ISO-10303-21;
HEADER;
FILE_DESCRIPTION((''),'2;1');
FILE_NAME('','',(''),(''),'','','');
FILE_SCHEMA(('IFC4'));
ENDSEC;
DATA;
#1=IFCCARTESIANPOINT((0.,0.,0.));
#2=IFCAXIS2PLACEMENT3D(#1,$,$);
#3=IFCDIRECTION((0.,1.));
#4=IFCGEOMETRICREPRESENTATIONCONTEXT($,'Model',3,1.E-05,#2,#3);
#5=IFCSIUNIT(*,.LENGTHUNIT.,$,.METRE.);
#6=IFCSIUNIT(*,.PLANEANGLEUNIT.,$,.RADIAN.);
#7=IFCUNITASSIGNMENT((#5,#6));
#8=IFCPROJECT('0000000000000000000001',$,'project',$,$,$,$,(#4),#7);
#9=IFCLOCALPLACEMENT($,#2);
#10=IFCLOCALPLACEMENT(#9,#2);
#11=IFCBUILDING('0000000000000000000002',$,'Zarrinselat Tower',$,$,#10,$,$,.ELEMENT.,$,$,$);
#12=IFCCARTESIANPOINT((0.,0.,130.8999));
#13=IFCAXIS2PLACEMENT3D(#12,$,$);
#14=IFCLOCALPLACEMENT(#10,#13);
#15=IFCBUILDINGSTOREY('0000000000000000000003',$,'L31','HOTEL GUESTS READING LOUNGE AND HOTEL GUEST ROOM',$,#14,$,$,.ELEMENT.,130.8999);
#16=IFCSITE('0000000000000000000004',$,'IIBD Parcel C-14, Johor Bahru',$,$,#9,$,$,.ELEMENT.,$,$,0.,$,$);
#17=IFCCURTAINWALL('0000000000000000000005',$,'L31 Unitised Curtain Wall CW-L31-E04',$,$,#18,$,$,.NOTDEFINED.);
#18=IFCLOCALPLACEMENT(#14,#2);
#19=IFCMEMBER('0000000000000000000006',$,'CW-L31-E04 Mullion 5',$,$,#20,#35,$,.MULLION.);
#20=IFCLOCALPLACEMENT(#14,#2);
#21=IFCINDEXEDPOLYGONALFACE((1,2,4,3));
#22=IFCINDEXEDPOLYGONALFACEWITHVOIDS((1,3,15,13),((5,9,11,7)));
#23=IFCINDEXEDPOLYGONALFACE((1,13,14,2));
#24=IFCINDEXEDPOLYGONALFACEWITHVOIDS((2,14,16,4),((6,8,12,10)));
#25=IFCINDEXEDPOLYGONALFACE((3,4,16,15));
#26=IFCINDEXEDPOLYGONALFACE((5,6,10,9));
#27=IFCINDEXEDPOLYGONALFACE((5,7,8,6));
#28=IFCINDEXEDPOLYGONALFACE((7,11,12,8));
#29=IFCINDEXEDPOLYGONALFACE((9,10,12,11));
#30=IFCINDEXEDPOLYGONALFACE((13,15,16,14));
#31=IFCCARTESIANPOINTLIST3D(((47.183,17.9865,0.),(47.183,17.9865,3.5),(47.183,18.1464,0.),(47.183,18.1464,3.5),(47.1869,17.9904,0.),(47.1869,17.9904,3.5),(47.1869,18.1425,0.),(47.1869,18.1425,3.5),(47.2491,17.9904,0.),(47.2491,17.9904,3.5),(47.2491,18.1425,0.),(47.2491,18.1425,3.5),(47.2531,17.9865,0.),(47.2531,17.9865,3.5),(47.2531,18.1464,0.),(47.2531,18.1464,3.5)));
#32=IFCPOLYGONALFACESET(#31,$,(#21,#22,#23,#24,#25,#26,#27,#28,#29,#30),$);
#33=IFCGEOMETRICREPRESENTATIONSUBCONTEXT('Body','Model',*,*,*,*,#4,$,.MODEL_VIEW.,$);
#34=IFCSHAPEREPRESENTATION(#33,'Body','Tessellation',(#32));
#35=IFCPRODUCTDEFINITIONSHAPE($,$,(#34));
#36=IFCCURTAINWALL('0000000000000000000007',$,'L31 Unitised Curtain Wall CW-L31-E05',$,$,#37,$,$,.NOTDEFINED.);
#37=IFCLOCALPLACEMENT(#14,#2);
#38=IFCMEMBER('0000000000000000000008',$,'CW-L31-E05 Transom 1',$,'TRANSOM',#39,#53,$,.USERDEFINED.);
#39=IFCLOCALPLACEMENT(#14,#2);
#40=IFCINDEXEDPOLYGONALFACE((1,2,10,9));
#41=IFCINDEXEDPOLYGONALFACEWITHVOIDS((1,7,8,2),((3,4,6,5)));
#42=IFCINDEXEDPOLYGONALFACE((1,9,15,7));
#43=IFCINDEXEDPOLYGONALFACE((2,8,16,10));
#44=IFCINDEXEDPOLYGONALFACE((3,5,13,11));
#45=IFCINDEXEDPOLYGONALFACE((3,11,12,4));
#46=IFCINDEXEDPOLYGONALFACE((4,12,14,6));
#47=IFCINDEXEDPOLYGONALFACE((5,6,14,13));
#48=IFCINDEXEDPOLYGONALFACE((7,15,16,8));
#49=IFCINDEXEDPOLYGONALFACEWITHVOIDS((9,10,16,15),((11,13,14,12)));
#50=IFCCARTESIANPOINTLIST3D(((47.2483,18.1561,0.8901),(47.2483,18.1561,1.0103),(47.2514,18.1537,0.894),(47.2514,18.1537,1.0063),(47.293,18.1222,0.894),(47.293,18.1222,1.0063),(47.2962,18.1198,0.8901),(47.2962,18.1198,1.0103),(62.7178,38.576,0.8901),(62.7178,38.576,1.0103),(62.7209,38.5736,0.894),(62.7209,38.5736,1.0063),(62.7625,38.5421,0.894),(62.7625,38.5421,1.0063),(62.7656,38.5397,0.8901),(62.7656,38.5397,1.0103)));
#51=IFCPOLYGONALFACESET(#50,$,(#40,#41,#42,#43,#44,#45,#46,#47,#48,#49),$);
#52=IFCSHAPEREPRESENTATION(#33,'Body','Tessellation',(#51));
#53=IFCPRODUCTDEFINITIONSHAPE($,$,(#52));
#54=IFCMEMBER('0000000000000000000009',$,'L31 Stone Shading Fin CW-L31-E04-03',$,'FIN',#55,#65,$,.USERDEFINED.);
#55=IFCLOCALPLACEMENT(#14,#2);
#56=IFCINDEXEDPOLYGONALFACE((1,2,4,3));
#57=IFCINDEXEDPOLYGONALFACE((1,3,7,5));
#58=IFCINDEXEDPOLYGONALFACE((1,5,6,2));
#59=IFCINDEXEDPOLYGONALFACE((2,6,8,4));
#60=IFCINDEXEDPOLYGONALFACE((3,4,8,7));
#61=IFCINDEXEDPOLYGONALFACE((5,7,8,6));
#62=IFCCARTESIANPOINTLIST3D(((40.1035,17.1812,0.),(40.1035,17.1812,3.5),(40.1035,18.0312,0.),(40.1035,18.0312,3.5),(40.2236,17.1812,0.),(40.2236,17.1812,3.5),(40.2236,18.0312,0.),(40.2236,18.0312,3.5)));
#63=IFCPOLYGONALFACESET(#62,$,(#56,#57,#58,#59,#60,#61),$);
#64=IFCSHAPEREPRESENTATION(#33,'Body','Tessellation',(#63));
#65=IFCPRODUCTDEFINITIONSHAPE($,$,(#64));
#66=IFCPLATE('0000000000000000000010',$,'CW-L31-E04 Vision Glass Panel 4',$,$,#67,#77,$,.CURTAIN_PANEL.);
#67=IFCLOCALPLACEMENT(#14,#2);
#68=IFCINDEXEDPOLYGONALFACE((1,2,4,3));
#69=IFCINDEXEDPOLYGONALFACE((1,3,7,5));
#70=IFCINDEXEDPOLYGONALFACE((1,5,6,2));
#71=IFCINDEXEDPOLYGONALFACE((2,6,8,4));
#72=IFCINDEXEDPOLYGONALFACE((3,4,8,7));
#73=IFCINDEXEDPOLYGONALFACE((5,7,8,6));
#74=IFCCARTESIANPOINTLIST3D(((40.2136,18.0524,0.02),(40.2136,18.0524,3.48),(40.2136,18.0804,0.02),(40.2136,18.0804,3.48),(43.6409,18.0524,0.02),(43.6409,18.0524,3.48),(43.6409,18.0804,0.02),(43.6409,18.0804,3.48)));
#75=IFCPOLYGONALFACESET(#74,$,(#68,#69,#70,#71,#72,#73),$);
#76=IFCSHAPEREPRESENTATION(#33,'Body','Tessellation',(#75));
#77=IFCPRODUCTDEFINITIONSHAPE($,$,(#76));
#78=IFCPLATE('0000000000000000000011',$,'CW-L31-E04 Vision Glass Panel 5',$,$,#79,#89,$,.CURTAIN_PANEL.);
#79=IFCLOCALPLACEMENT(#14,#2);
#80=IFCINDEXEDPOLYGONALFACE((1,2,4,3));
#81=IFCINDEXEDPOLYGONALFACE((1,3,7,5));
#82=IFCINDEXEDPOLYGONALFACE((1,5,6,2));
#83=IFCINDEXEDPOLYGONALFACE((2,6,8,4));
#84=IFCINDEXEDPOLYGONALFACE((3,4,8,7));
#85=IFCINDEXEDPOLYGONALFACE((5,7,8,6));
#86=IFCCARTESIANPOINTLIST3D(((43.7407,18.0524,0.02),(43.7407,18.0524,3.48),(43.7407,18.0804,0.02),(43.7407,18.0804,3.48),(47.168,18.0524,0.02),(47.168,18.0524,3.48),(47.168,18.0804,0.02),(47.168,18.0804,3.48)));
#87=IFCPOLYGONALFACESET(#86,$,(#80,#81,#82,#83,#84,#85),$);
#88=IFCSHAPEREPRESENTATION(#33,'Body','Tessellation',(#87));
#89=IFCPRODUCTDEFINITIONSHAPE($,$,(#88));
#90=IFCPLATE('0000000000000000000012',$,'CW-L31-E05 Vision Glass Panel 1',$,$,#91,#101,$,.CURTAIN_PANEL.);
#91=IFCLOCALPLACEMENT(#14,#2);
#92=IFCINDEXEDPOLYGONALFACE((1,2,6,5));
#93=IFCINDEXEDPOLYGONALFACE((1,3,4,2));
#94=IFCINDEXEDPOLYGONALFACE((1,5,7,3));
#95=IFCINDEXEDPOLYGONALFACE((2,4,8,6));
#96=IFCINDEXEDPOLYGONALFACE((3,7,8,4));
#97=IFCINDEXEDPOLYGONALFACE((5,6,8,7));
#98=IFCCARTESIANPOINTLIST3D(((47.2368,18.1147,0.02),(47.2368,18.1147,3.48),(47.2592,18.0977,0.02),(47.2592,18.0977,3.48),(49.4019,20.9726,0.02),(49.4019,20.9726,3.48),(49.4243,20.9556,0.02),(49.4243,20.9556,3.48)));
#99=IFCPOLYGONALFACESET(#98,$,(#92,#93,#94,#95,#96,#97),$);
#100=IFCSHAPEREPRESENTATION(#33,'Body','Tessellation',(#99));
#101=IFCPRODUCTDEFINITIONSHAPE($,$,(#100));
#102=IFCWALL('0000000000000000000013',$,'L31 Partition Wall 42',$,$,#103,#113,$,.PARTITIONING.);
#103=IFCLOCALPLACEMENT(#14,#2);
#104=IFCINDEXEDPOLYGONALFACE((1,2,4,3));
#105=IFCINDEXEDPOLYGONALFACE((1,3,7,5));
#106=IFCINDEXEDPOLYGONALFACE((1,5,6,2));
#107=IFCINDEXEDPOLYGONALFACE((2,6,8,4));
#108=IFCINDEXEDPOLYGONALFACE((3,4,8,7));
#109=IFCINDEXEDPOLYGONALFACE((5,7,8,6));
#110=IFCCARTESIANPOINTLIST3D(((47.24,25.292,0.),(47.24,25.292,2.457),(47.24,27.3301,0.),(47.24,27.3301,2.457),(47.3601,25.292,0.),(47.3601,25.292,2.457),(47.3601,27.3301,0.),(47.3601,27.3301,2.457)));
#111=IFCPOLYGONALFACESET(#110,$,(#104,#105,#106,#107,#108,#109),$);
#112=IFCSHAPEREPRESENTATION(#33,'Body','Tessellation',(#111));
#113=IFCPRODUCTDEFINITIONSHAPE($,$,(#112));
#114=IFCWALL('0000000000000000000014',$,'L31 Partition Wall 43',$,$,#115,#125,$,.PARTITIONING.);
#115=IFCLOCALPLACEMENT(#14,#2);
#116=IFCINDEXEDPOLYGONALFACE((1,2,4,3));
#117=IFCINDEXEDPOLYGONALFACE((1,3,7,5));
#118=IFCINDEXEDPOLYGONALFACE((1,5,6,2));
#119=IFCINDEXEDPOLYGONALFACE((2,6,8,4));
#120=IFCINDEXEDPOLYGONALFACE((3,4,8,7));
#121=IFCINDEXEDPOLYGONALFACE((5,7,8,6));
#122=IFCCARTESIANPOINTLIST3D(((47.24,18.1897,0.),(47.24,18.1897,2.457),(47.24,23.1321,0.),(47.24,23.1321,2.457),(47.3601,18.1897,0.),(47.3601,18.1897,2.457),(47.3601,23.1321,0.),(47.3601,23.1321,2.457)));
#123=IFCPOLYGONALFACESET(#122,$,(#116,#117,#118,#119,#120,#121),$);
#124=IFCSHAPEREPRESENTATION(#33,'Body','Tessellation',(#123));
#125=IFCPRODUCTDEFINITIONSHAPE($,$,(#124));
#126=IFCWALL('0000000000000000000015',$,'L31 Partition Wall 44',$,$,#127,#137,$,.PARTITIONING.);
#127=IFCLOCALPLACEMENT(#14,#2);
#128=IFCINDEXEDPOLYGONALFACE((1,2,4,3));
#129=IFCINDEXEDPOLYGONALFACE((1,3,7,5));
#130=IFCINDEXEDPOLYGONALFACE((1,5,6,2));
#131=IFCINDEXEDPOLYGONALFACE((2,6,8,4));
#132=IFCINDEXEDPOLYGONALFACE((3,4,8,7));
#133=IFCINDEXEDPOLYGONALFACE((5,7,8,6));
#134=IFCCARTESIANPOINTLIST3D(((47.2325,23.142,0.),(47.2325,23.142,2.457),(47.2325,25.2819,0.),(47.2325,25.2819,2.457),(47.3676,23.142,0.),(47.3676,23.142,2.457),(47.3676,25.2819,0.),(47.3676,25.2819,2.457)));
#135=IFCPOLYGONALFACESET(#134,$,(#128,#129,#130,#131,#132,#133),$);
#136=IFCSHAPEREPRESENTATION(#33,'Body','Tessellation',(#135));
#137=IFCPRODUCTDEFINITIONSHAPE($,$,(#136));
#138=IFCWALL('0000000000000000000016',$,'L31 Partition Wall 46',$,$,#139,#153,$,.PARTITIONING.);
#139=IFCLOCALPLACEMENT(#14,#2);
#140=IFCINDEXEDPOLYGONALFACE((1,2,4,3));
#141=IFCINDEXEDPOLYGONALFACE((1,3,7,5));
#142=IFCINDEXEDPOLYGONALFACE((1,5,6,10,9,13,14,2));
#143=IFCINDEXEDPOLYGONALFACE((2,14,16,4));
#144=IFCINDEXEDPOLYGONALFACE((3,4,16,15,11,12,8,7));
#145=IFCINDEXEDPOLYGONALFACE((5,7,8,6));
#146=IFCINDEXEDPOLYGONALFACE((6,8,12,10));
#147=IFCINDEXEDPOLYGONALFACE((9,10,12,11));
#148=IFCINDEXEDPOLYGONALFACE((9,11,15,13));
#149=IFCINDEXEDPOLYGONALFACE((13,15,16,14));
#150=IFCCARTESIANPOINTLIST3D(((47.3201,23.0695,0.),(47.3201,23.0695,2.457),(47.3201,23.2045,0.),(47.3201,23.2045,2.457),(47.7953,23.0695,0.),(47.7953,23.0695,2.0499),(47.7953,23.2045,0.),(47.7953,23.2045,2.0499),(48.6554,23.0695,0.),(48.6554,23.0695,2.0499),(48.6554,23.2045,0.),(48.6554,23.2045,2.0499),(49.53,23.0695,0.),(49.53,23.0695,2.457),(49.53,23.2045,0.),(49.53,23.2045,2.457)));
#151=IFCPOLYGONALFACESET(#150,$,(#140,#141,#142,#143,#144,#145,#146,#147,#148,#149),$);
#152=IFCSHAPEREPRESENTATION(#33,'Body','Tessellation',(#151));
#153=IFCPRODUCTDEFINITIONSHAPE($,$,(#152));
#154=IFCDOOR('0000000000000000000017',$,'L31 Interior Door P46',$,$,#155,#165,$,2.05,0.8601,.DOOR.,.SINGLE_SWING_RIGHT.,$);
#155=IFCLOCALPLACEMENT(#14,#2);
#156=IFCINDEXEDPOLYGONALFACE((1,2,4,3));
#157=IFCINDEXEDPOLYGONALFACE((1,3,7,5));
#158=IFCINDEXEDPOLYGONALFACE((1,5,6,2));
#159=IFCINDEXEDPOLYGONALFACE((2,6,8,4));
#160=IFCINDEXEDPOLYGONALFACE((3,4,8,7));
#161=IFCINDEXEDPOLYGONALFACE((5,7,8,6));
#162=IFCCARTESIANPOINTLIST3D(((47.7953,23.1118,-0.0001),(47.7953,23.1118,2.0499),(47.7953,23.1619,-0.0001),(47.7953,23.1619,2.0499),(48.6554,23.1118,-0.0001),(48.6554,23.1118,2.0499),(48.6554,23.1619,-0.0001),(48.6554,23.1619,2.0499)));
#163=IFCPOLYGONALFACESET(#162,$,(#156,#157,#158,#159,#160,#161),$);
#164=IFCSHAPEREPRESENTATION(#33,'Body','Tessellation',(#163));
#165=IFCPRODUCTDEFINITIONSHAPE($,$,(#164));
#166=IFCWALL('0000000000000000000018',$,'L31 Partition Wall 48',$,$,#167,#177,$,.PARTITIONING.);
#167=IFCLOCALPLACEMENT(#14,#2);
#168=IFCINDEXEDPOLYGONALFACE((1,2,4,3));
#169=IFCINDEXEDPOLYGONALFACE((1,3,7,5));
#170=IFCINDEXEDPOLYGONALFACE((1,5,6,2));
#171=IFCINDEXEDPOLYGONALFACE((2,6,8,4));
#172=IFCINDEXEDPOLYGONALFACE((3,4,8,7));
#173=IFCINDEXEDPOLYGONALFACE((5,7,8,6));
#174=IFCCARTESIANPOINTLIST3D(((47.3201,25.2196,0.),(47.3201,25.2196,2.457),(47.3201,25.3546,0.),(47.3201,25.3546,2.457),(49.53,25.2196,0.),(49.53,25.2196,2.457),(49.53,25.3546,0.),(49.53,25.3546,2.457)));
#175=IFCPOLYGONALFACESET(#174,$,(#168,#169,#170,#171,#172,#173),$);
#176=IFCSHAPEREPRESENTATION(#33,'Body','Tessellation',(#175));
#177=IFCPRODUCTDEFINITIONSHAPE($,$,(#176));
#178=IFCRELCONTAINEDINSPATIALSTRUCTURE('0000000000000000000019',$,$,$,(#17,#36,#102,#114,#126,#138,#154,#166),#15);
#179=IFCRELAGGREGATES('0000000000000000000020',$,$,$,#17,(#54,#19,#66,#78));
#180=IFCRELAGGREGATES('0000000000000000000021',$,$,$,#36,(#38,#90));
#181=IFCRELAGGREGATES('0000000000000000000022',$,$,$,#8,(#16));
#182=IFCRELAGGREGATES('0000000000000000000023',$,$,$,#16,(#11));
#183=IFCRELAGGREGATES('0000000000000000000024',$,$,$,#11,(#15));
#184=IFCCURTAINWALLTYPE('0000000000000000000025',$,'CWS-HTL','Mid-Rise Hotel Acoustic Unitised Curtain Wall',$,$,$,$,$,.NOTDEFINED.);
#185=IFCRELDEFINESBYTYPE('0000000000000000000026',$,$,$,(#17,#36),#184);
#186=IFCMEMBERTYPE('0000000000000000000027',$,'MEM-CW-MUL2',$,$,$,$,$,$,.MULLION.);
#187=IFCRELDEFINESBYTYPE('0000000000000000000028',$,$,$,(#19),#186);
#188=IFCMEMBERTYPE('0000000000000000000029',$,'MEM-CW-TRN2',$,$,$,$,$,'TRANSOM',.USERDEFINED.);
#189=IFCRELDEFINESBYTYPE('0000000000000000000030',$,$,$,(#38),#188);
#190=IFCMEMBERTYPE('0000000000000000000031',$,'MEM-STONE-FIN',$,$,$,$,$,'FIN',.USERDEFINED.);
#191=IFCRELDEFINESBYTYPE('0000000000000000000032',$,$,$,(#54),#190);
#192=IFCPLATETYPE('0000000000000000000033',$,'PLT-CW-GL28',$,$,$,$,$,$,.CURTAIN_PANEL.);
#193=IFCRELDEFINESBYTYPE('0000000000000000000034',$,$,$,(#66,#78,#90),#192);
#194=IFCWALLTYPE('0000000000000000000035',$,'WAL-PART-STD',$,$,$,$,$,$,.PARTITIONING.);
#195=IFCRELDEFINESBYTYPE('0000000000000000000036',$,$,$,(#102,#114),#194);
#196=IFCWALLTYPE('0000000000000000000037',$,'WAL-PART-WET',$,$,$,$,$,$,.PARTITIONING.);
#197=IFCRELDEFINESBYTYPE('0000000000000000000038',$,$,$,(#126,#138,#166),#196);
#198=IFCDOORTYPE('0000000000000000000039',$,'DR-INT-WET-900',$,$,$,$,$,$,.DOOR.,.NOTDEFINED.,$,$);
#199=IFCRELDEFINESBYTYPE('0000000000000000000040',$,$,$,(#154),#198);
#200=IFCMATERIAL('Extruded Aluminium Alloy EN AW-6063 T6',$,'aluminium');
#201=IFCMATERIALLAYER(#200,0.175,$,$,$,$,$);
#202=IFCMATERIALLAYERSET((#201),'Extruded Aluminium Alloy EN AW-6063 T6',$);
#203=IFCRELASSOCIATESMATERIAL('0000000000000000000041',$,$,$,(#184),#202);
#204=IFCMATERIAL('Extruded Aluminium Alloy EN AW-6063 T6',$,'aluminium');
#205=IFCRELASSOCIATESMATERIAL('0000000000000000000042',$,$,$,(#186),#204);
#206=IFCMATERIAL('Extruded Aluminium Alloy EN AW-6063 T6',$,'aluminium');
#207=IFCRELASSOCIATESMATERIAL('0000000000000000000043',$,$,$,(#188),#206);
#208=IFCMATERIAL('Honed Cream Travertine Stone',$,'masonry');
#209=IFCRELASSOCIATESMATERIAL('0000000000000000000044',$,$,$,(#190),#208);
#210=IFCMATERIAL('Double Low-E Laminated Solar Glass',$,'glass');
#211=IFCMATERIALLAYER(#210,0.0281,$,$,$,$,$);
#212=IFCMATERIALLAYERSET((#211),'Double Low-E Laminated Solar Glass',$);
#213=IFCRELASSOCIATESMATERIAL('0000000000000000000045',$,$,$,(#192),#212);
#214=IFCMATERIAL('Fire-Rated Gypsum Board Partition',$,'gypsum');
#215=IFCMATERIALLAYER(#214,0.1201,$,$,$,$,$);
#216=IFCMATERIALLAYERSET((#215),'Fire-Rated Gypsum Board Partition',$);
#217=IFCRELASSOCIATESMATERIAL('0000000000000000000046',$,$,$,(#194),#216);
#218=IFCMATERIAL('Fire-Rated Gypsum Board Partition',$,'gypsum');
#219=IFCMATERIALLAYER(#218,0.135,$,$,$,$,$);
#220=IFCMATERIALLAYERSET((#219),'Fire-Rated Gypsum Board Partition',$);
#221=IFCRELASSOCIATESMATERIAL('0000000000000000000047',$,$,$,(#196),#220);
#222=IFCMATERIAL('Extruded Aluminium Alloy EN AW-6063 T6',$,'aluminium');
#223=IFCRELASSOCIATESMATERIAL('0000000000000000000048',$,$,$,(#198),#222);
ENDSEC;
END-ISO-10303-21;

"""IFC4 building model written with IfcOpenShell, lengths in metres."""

from ifc_helpers import new_model, si_unit, direction, frame, frame_2d, origin, origin_2d, place, context, subcontext, project, spatial, rectangle, hollow_rectangle, extrude, material, layer, layer_set, material_profile, profile_set, type_object, element, fill, aggregate, save


model = new_model("IFC4")

# Units and contexts
model_context = context("Model", 3, precision=1e-05, world=origin(), true_north=direction((0.0, 1.0)))
body_context = subcontext(model_context, "Body", "Model", "MODEL_VIEW")
ifc_project = project(units=[si_unit("LENGTHUNIT", "METRE"), si_unit("PLANEANGLEUNIT", "RADIAN")], contexts=[model_context])

# Site, building, storey
site_placement = place(None, origin())
site = spatial("IfcSite", under=ifc_project, at=site_placement, Name="IIBD Parcel C-14, Johor Bahru", CompositionType="ELEMENT", RefElevation=0.0)
building_placement = place(site_placement, origin())
building = spatial("IfcBuilding", under=site, at=building_placement, Name="Zarrinselat Tower", CompositionType="ELEMENT")
storey_placement = place(building_placement, frame((0.0, 0.0, 130.8999)))
storey = spatial("IfcBuildingStorey", under=building, at=storey_placement, Name="L31", Description="HOTEL GUESTS READING LOUNGE AND HOTEL GUEST ROOM", CompositionType="ELEMENT", Elevation=130.8999)

# Curtain wall, member
ifc_material_1 = material(Name="Extruded Aluminium Alloy EN AW-6063 T6", Category="aluminium")
ifc_layer_1 = layer(ifc_material_1, 0.175)
ifc_layer_set_1 = layer_set([ifc_layer_1], Name="Extruded Aluminium Alloy EN AW-6063 T6")
curtain_wall_type = type_object("IfcCurtainWallType", Name="CWS-HTL", Description="Mid-Rise Hotel Acoustic Unitised Curtain Wall", PredefinedType="NOTDEFINED", material=ifc_layer_set_1)
curtain_wall_1_placement = place(storey_placement, origin())
curtain_wall_1 = element("IfcCurtainWall", 1, at=curtain_wall_1_placement, inside=storey, type_object=curtain_wall_type, Name="L31 Unitised Curtain Wall CW-L31-E04", PredefinedType="NOTDEFINED")
ifc_material_2 = material(Name="Extruded Aluminium Alloy EN AW-6063 T6", Category="aluminium")
ifc_material_profile_1 = material_profile(ifc_material_2, hollow_rectangle(XDim=0.0701, YDim=0.1599, WallThickness=0.0039, at=origin_2d()), Name="RHS 160x70x4")
ifc_profile_set_1 = profile_set([ifc_material_profile_1], Name="Extruded Aluminium Alloy EN AW-6063 T6")
member_type_1 = type_object("IfcMemberType", Name="MEM-CW-MUL2", PredefinedType="MULLION", material=ifc_profile_set_1)
member_1_placement = place(storey_placement, frame((47.218, 18.0664, 0.0), z_axis=(0.0, 0.0, 1.0), x_axis=(1.0, 0.0, 0.0)))
member_1 = element("IfcMember", 2, at=member_1_placement, type_object=member_type_1, Name="CW-L31-E04 Mullion 5", PredefinedType="MULLION", context=body_context, shape_type="SweptSolid", body=[
    extrude(hollow_rectangle(XDim=0.0701, YDim=0.1599, WallThickness=0.0039, at=origin_2d()), origin(), (0.0, 0.0, 1.0), 3.5),
])

# Curtain wall, member
curtain_wall_2_placement = place(storey_placement, origin())
curtain_wall_2 = element("IfcCurtainWall", 3, at=curtain_wall_2_placement, inside=storey, type_object=curtain_wall_type, Name="L31 Unitised Curtain Wall CW-L31-E05", PredefinedType="NOTDEFINED")
ifc_material_3 = material(Name="Extruded Aluminium Alloy EN AW-6063 T6", Category="aluminium")
ifc_material_profile_2 = material_profile(ifc_material_3, hollow_rectangle(XDim=0.0601, YDim=0.1201, WallThickness=0.0039, at=origin_2d()), Name="RHS 120x60x4")
ifc_profile_set_2 = profile_set([ifc_material_profile_2], Name="Extruded Aluminium Alloy EN AW-6063 T6")
member_type_2 = type_object("IfcMemberType", Name="MEM-CW-TRN2", ElementType="TRANSOM", PredefinedType="USERDEFINED", material=ifc_profile_set_2)
member_2_placement = place(storey_placement, frame((47.2722, 18.1379, 0.9502), z_axis=(0.603854, 0.797095, 0.0), x_axis=(-0.797095, 0.603854, 0.0)))
member_2 = element("IfcMember", 4, at=member_2_placement, type_object=member_type_2, Name="CW-L31-E05 Transom 1", ObjectType="TRANSOM", PredefinedType="USERDEFINED", context=body_context, shape_type="SweptSolid", body=[
    extrude(hollow_rectangle(XDim=0.0601, YDim=0.1201, WallThickness=0.0039, at=origin_2d()), origin(), (0.0, 0.0, 1.0), 25.6179),
])

# Member
ifc_material_4 = material(Name="Honed Cream Travertine Stone", Category="masonry")
ifc_material_profile_3 = material_profile(ifc_material_4, rectangle(XDim=0.1201, YDim=0.8501, at=origin_2d()), Name="FIN 850x120")
ifc_profile_set_3 = profile_set([ifc_material_profile_3], Name="Honed Cream Travertine Stone")
member_type_3 = type_object("IfcMemberType", Name="MEM-STONE-FIN", ElementType="FIN", PredefinedType="USERDEFINED", material=ifc_profile_set_3)
member_3_placement = place(storey_placement, frame((40.1636, 17.6062, 0.0), z_axis=(0.0, 0.0, 1.0), x_axis=(-1.0, 0.0, 0.0)))
member_3 = element("IfcMember", 5, at=member_3_placement, type_object=member_type_3, Name="L31 Stone Shading Fin CW-L31-E04-03", ObjectType="FIN", PredefinedType="USERDEFINED", context=body_context, shape_type="SweptSolid", body=[
    extrude(rectangle(XDim=0.1201, YDim=0.8501, at=origin_2d()), origin(), (0.0, 0.0, 1.0), 3.5),
])

# Plates
ifc_material_5 = material(Name="Double Low-E Laminated Solar Glass", Category="glass")
ifc_layer_2 = layer(ifc_material_5, 0.0281)
ifc_layer_set_2 = layer_set([ifc_layer_2], Name="Double Low-E Laminated Solar Glass")
plate_type = type_object("IfcPlateType", Name="PLT-CW-GL28", PredefinedType="CURTAIN_PANEL", material=ifc_layer_set_2)
plate_1_placement = place(storey_placement, frame((41.9272, 18.0664, 0.02), z_axis=(0.0, 0.0, 1.0), x_axis=(1.0, 0.0, 0.0)))
plate_1 = element("IfcPlate", 6, at=plate_1_placement, type_object=plate_type, Name="CW-L31-E04 Vision Glass Panel 4", PredefinedType="CURTAIN_PANEL", context=body_context, shape_type="SweptSolid", body=[
    extrude(rectangle(XDim=3.4272, YDim=0.0281, at=origin_2d()), origin(), (0.0, 0.0, 1.0), 3.46),
])
plate_2_placement = place(storey_placement, frame((45.4543, 18.0664, 0.02), z_axis=(0.0, 0.0, 1.0), x_axis=(1.0, 0.0, 0.0)))
plate_2 = element("IfcPlate", 7, at=plate_2_placement, type_object=plate_type, Name="CW-L31-E04 Vision Glass Panel 5", PredefinedType="CURTAIN_PANEL", context=body_context, shape_type="SweptSolid", body=[
    extrude(rectangle(XDim=3.4272, YDim=0.0281, at=origin_2d()), origin(), (0.0, 0.0, 1.0), 3.46),
])
aggregate(curtain_wall_1, [member_3, member_1, plate_1, plate_2])
plate_3_placement = place(storey_placement, frame((48.3306, 19.5352, 0.02), z_axis=(0.0, 0.0, 1.0), x_axis=(0.603858, 0.797092, 0.0)))
plate_3 = element("IfcPlate", 8, at=plate_3_placement, type_object=plate_type, Name="CW-L31-E05 Vision Glass Panel 1", PredefinedType="CURTAIN_PANEL", context=body_context, shape_type="SweptSolid", body=[
    extrude(rectangle(XDim=3.5854, YDim=0.0281, at=origin_2d()), origin(), (0.0, 0.0, 1.0), 3.46),
])
aggregate(curtain_wall_2, [member_2, plate_3])

# Walls
ifc_material_6 = material(Name="Fire-Rated Gypsum Board Partition", Category="gypsum")
ifc_layer_3 = layer(ifc_material_6, 0.1201)
ifc_layer_set_3 = layer_set([ifc_layer_3], Name="Fire-Rated Gypsum Board Partition")
wall_type_1 = type_object("IfcWallType", Name="WAL-PART-STD", PredefinedType="PARTITIONING", material=ifc_layer_set_3)
wall_1_placement = place(storey_placement, frame((47.3, 25.292, 0.0), z_axis=(0.0, 0.0, 1.0), x_axis=(0.0, 1.0, 0.0)))
element("IfcWall", 9, at=wall_1_placement, inside=storey, type_object=wall_type_1, Name="L31 Partition Wall 42", PredefinedType="PARTITIONING", context=body_context, shape_type="SweptSolid", body=[
    extrude(rectangle(XDim=2.0381, YDim=0.1201, at=frame_2d((1.019, 0.0))), origin(), (0.0, 0.0, 1.0), 2.457),
])
wall_2_placement = place(storey_placement, frame((47.3, 18.1897, 0.0), z_axis=(0.0, 0.0, 1.0), x_axis=(0.0, 1.0, 0.0)))
element("IfcWall", 10, at=wall_2_placement, inside=storey, type_object=wall_type_1, Name="L31 Partition Wall 43", PredefinedType="PARTITIONING", context=body_context, shape_type="SweptSolid", body=[
    extrude(rectangle(XDim=4.9424, YDim=0.1201, at=frame_2d((2.4712, 0.0))), origin(), (0.0, 0.0, 1.0), 2.457),
])
ifc_material_7 = material(Name="Fire-Rated Gypsum Board Partition", Category="gypsum")
ifc_layer_4 = layer(ifc_material_7, 0.135)
ifc_layer_set_4 = layer_set([ifc_layer_4], Name="Fire-Rated Gypsum Board Partition")
wall_type_2 = type_object("IfcWallType", Name="WAL-PART-WET", PredefinedType="PARTITIONING", material=ifc_layer_set_4)
wall_3_placement = place(storey_placement, frame((47.3, 23.1421, 0.0), z_axis=(0.0, 0.0, 1.0), x_axis=(0.0, 1.0, 0.0)))
element("IfcWall", 11, at=wall_3_placement, inside=storey, type_object=wall_type_2, Name="L31 Partition Wall 44", PredefinedType="PARTITIONING", context=body_context, shape_type="SweptSolid", body=[
    extrude(rectangle(XDim=2.1399, YDim=0.135, at=frame_2d((1.0698, 0.0))), origin(), (0.0, 0.0, 1.0), 2.457),
])

# Wall, opening, door
wall_4_placement = place(storey_placement, frame((47.3201, 23.137, 0.0), z_axis=(0.0, 0.0, 1.0), x_axis=(1.0, 0.0, 0.0)))
wall_4 = element("IfcWall", 12, at=wall_4_placement, inside=storey, type_object=wall_type_2, Name="L31 Partition Wall 46", PredefinedType="PARTITIONING", context=body_context, shape_type="SweptSolid", body=[
    extrude(rectangle(XDim=2.21, YDim=0.135, at=frame_2d((1.105, 0.0))), origin(), (0.0, 0.0, 1.0), 2.457),
])
opening_placement = place(wall_4_placement, frame((0.4751, 0.0, 0.0)))
opening = element("IfcOpeningElement", 13, at=opening_placement, cuts=wall_4, PredefinedType="OPENING", context=body_context, shape_type="SweptSolid", body=[
    extrude(rectangle(XDim=0.8601, YDim=2.05, at=frame_2d((0.4302, 1.0249))), frame((0.0, 0.0774, 0.0), z_axis=(0.0, -1.0, 0.0), x_axis=(1.0, 0.0, 0.0)), (0.0, 0.0, 1.0), 0.155),
])
ifc_material_8 = material(Name="Extruded Aluminium Alloy EN AW-6063 T6", Category="aluminium")
door_type = type_object("IfcDoorType", Name="DR-INT-WET-900", OperationType="NOTDEFINED", PredefinedType="DOOR", material=ifc_material_8)
door_placement = place(opening_placement, origin())
door = element("IfcDoor", 14, at=door_placement, inside=storey, type_object=door_type, Name="L31 Interior Door P46", OperationType="SINGLE_SWING_RIGHT", OverallHeight=2.05, OverallWidth=0.8601, PredefinedType="DOOR", context=body_context, shape_type="SweptSolid", body=[
    extrude(rectangle(XDim=0.8601, YDim=2.05, at=frame_2d((0.4302, 1.0249))), frame((0.0, 0.0249, 0.0), z_axis=(0.0, -1.0, 0.0), x_axis=(1.0, 0.0, 0.0)), (0.0, 0.0, 1.0), 0.05),
])
fill(opening, door)

# Wall
wall_5_placement = place(storey_placement, frame((47.3201, 25.2871, 0.0), z_axis=(0.0, 0.0, 1.0), x_axis=(1.0, 0.0, 0.0)))
element("IfcWall", 15, at=wall_5_placement, inside=storey, type_object=wall_type_2, Name="L31 Partition Wall 48", PredefinedType="PARTITIONING", context=body_context, shape_type="SweptSolid", body=[
    extrude(rectangle(XDim=2.21, YDim=0.135, at=frame_2d((1.105, 0.0))), origin(), (0.0, 0.0, 1.0), 2.457),
])

save(model, "model.ifc")
